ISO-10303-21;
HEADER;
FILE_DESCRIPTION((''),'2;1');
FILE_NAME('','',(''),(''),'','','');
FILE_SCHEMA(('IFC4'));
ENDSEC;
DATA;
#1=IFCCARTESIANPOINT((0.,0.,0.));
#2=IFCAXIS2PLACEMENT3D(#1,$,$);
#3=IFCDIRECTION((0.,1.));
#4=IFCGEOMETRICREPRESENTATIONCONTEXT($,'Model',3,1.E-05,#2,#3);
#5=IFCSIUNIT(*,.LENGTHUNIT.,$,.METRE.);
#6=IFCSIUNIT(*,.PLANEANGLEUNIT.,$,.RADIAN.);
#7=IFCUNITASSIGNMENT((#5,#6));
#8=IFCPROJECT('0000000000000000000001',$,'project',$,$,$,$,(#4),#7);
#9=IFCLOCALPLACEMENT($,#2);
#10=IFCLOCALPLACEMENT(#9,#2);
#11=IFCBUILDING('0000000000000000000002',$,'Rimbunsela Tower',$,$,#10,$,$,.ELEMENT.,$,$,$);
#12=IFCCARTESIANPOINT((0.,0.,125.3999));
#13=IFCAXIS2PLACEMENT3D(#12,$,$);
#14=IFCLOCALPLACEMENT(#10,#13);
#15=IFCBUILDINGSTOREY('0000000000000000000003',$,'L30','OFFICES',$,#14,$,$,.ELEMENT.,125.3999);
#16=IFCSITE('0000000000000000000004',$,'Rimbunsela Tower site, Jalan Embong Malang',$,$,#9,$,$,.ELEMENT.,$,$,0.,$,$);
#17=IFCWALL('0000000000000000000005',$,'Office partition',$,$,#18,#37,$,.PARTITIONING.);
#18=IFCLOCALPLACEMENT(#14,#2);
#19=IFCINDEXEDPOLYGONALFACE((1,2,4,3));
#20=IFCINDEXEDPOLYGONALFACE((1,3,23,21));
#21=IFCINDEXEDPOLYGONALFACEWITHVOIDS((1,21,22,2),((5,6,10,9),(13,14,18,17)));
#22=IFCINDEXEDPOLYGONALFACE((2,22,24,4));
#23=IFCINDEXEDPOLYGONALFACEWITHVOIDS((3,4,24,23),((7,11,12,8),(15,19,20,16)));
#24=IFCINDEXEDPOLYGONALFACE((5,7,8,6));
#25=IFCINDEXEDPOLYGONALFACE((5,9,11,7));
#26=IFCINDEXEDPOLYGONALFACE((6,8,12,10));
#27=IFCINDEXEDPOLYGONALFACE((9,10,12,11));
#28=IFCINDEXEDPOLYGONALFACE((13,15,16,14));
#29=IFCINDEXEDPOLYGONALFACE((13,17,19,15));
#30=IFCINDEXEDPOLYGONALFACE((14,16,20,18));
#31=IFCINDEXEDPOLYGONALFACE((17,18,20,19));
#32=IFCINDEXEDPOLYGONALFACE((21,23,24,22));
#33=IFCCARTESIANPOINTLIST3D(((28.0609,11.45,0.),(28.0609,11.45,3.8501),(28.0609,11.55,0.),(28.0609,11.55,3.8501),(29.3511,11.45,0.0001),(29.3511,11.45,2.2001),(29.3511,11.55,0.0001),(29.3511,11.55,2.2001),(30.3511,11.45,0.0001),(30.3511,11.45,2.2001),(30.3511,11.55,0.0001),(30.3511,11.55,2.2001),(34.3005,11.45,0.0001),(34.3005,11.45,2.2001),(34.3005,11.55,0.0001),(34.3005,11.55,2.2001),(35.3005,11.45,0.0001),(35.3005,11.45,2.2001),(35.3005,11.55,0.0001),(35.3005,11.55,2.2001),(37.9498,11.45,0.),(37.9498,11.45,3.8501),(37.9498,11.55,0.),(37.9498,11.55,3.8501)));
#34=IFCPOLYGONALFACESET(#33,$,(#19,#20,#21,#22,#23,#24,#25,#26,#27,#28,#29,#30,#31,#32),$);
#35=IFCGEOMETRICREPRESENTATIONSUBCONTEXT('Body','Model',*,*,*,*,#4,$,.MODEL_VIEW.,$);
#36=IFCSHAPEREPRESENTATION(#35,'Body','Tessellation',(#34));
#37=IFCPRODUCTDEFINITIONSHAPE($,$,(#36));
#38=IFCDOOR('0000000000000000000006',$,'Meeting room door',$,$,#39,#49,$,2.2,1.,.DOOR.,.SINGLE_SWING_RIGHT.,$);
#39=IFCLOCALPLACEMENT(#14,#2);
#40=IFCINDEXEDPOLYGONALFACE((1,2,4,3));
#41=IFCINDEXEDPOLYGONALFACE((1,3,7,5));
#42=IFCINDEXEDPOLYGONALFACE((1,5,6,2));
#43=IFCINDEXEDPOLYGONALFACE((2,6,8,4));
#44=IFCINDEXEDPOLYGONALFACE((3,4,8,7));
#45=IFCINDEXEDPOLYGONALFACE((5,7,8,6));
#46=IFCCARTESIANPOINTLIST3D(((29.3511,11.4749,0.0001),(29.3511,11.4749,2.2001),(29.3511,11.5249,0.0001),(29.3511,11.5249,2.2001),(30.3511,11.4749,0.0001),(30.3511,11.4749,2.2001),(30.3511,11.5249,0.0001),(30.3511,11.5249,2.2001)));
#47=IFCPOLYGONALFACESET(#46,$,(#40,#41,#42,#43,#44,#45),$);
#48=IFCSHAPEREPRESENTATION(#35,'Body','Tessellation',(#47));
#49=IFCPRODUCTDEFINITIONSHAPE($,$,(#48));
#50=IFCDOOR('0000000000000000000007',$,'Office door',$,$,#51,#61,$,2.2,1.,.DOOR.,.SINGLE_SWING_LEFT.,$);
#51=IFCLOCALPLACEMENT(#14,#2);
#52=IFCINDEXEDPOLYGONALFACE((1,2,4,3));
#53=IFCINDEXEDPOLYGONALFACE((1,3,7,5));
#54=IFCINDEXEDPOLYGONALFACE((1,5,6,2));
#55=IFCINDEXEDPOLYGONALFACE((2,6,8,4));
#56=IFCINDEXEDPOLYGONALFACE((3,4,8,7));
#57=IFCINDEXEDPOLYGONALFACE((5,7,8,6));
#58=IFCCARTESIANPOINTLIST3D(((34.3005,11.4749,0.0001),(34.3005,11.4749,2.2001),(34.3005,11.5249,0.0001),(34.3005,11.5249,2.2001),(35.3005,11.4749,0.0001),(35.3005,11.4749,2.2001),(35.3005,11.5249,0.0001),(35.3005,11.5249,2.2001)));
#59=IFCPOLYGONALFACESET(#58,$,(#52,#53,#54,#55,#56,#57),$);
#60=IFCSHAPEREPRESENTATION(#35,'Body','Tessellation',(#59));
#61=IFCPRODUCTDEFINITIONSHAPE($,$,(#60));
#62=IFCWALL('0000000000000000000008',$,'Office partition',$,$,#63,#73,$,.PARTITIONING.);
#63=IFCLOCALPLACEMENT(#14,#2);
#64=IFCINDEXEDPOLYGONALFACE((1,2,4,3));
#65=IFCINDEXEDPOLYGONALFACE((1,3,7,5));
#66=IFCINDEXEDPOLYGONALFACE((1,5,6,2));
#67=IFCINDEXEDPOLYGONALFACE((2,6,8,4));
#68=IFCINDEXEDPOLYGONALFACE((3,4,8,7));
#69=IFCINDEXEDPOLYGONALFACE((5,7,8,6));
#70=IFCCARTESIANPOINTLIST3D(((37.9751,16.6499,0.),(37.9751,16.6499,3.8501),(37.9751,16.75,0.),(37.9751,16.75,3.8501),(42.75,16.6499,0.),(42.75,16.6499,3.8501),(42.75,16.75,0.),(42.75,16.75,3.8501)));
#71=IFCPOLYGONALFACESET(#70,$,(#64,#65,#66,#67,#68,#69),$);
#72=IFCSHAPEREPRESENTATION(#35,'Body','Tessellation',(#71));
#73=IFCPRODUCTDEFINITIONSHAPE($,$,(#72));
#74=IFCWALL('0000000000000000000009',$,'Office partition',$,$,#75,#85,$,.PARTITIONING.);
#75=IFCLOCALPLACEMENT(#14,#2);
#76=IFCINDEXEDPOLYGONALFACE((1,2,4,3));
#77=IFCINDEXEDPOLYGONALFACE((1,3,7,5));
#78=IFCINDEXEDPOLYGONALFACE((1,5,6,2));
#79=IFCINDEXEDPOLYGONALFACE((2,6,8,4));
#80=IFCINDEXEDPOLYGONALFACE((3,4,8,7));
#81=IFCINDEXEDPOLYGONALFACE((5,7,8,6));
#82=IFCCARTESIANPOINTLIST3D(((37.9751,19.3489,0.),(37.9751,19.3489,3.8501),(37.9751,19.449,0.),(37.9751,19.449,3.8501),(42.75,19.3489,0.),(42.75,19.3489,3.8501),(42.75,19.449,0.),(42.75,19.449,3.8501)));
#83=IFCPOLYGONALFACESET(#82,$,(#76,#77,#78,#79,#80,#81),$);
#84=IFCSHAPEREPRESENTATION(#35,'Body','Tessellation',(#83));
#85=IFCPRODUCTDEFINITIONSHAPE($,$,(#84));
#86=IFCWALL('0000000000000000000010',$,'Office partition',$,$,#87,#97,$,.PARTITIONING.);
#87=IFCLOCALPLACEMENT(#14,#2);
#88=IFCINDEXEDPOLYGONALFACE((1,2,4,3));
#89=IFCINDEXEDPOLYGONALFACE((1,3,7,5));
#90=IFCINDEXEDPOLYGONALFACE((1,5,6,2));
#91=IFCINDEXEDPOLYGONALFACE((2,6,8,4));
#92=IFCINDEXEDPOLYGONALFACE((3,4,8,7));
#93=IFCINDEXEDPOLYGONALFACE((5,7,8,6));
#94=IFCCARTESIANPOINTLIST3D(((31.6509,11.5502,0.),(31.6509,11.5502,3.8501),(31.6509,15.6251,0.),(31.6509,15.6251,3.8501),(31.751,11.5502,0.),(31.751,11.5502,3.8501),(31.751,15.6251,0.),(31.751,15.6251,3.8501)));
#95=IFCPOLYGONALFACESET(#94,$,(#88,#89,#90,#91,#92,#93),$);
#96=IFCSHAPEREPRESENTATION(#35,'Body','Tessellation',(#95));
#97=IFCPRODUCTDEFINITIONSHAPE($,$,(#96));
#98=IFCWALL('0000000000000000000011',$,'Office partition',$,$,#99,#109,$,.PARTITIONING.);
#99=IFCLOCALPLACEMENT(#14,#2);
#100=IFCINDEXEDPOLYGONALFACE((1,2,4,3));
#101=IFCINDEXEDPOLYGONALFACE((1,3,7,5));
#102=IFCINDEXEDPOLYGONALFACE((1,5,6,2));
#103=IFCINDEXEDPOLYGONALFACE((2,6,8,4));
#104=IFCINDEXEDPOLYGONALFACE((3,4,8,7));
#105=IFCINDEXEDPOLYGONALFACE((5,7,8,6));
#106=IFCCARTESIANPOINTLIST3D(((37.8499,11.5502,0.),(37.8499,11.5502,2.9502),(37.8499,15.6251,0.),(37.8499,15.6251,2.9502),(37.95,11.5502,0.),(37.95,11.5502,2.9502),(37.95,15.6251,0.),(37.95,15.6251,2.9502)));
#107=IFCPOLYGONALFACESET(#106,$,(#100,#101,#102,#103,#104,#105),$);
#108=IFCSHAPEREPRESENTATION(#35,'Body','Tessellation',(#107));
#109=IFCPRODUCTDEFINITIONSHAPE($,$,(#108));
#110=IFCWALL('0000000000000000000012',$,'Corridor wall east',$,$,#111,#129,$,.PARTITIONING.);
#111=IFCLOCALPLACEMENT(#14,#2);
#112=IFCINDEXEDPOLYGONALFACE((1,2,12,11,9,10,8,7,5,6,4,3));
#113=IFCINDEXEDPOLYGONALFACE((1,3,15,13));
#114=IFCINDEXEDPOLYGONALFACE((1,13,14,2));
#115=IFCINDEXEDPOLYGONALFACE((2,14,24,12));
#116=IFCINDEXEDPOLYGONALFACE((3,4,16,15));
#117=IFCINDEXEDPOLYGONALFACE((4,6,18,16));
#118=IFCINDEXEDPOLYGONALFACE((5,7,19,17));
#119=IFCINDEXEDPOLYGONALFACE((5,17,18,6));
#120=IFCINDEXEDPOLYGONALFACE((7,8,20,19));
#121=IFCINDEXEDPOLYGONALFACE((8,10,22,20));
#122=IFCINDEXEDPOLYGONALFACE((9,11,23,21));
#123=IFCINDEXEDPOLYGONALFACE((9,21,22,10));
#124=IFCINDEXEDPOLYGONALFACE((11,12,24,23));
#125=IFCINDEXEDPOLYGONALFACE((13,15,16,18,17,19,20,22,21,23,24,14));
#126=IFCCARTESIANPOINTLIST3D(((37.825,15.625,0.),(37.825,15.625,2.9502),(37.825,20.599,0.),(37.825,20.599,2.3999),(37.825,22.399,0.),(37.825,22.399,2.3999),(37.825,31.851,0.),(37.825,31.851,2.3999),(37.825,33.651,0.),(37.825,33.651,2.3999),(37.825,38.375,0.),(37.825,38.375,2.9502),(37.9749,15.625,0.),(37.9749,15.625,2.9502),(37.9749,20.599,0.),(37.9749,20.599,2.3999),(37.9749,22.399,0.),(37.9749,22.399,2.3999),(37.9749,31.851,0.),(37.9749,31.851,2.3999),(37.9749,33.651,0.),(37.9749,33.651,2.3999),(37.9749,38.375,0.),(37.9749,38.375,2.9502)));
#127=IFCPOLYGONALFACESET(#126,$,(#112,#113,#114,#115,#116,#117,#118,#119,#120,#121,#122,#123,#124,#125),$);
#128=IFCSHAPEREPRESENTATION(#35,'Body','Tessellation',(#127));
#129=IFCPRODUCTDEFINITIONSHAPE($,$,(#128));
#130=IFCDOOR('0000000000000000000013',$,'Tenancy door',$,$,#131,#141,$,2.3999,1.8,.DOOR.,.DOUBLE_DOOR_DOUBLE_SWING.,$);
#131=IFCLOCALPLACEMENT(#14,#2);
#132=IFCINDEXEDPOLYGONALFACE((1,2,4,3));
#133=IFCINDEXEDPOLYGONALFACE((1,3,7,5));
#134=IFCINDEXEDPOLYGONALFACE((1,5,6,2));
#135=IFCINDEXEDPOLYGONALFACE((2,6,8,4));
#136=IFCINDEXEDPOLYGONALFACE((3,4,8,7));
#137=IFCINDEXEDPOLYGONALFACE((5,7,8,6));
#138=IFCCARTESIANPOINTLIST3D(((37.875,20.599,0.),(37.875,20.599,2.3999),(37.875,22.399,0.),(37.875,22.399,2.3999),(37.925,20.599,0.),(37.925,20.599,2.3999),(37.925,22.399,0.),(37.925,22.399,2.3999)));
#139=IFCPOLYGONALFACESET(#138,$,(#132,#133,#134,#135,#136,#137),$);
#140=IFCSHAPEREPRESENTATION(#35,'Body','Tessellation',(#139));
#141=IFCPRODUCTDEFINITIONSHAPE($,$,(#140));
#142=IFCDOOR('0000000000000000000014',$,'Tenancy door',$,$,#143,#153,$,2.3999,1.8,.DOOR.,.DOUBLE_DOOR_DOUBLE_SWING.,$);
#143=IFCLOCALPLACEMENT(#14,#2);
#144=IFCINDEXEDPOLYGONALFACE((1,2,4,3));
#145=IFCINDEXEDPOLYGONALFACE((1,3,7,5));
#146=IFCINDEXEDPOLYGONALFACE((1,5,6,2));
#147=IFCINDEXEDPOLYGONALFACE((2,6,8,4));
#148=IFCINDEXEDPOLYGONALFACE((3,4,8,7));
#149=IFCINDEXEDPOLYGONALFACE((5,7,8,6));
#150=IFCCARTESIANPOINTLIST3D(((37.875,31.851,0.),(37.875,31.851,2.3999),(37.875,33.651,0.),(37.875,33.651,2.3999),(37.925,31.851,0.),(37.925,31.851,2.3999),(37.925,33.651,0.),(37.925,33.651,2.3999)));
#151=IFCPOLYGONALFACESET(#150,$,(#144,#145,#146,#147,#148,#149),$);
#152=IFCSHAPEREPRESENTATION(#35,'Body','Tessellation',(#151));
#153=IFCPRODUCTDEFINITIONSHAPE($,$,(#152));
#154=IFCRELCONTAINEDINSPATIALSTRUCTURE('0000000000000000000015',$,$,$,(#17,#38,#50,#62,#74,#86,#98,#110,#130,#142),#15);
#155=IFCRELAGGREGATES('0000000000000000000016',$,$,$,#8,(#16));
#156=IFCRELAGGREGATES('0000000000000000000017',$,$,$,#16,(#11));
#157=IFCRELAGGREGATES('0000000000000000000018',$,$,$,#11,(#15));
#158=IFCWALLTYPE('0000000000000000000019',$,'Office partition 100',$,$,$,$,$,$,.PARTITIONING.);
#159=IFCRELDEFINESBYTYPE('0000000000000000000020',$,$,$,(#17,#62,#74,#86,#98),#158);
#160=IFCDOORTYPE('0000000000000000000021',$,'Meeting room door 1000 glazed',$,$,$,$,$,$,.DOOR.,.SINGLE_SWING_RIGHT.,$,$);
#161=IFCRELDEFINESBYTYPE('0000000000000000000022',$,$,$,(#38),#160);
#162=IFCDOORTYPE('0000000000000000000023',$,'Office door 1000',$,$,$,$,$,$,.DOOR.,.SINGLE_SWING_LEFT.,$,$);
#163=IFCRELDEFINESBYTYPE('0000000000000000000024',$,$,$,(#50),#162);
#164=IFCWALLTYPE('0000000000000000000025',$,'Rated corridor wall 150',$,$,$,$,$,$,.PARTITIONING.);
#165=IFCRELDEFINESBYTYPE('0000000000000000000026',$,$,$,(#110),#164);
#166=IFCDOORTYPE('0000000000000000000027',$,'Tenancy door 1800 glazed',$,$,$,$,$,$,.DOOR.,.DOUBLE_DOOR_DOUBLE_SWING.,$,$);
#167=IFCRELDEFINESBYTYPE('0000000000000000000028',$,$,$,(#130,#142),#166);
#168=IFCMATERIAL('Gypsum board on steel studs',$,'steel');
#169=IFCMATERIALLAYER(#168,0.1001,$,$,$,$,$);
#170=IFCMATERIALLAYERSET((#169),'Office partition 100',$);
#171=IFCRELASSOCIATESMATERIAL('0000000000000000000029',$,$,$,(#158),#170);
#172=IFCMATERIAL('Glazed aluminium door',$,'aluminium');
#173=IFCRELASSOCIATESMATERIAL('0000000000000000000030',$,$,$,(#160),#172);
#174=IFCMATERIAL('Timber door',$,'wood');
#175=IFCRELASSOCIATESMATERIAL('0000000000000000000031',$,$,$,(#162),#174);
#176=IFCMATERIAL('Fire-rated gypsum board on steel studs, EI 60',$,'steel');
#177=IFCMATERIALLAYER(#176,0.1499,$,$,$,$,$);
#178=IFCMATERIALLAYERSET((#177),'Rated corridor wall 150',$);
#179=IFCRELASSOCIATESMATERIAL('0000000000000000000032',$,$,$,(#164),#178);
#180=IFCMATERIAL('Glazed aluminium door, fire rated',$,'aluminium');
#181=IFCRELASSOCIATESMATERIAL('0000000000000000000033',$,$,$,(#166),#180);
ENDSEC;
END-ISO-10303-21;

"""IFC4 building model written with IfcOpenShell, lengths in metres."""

from ifc_helpers import new_model, si_unit, direction, frame, frame_2d, origin, place, context, subcontext, project, spatial, rectangle, extrude, material, layer, layer_set, type_object, element, fill, save


model = new_model("IFC4")

# Units and contexts
model_context = context("Model", 3, precision=1e-05, world=origin(), true_north=direction((0.0, 1.0)))
body_context = subcontext(model_context, "Body", "Model", "MODEL_VIEW")
ifc_project = project(units=[si_unit("LENGTHUNIT", "METRE"), si_unit("PLANEANGLEUNIT", "RADIAN")], contexts=[model_context])

# Site, building, storey
site_placement = place(None, origin())
site = spatial("IfcSite", under=ifc_project, at=site_placement, Name="Rimbunsela Tower site, Jalan Embong Malang", CompositionType="ELEMENT", RefElevation=0.0)
building_placement = place(site_placement, origin())
building = spatial("IfcBuilding", under=site, at=building_placement, Name="Rimbunsela Tower", CompositionType="ELEMENT")
storey_placement = place(building_placement, frame((0.0, 0.0, 125.3999)))
storey = spatial("IfcBuildingStorey", under=building, at=storey_placement, Name="L30", Description="OFFICES", CompositionType="ELEMENT", Elevation=125.3999)

# Wall, openings, doors
ifc_material_1 = material(Name="Gypsum board on steel studs", Category="steel")
ifc_layer_1 = layer(ifc_material_1, 0.1001)
ifc_layer_set_1 = layer_set([ifc_layer_1], Name="Office partition 100")
wall_type_1 = type_object("IfcWallType", Name="Office partition 100", PredefinedType="PARTITIONING", material=ifc_layer_set_1)
wall_1_placement = place(storey_placement, frame((28.061, 11.5, 0.0), z_axis=(0.0, 0.0, 1.0), x_axis=(1.0, 0.0, 0.0)))
wall_1 = element("IfcWall", 1, at=wall_1_placement, inside=storey, type_object=wall_type_1, Name="Office partition", PredefinedType="PARTITIONING", context=body_context, shape_type="SweptSolid", body=[
    extrude(rectangle(XDim=9.8889, YDim=0.1001, at=frame_2d((4.9443, 0.0))), origin(), (0.0, 0.0, 1.0), 3.8501),
])
opening_1_placement = place(wall_1_placement, frame((1.29, 0.0, 0.0)))
opening_1 = element("IfcOpeningElement", 2, at=opening_1_placement, cuts=wall_1, PredefinedType="OPENING", context=body_context, shape_type="SweptSolid", body=[
    extrude(rectangle(XDim=1.0, YDim=2.2, at=frame_2d((0.5, 1.1001))), frame((0.0, 0.0601, 0.0), z_axis=(0.0, -1.0, 0.0), x_axis=(1.0, 0.0, 0.0)), (0.0, 0.0, 1.0), 0.1201),
])
opening_2_placement = place(wall_1_placement, frame((6.2395, 0.0, 0.0)))
opening_2 = element("IfcOpeningElement", 3, at=opening_2_placement, cuts=wall_1, PredefinedType="OPENING", context=body_context, shape_type="SweptSolid", body=[
    extrude(rectangle(XDim=1.0, YDim=2.2, at=frame_2d((0.5, 1.1001))), frame((0.0, 0.0601, 0.0), z_axis=(0.0, -1.0, 0.0), x_axis=(1.0, 0.0, 0.0)), (0.0, 0.0, 1.0), 0.1201),
])
ifc_material_2 = material(Name="Glazed aluminium door", Category="aluminium")
door_type_1 = type_object("IfcDoorType", Name="Meeting room door 1000 glazed", OperationType="SINGLE_SWING_RIGHT", PredefinedType="DOOR", material=ifc_material_2)
door_1_placement = place(opening_1_placement, origin())
door_1 = element("IfcDoor", 4, at=door_1_placement, inside=storey, type_object=door_type_1, Name="Meeting room door", OperationType="SINGLE_SWING_RIGHT", OverallHeight=2.2, OverallWidth=1.0, PredefinedType="DOOR", context=body_context, shape_type="SweptSolid", body=[
    extrude(rectangle(XDim=1.0, YDim=2.2, at=frame_2d((0.5, 1.1001))), frame((0.0, 0.0249, 0.0), z_axis=(0.0, -1.0, 0.0), x_axis=(1.0, 0.0, 0.0)), (0.0, 0.0, 1.0), 0.05),
])
fill(opening_1, door_1)
ifc_material_3 = material(Name="Timber door", Category="wood")
door_type_2 = type_object("IfcDoorType", Name="Office door 1000", OperationType="SINGLE_SWING_LEFT", PredefinedType="DOOR", material=ifc_material_3)
door_2_placement = place(opening_2_placement, origin())
door_2 = element("IfcDoor", 5, at=door_2_placement, inside=storey, type_object=door_type_2, Name="Office door", OperationType="SINGLE_SWING_LEFT", OverallHeight=2.2, OverallWidth=1.0, PredefinedType="DOOR", context=body_context, shape_type="SweptSolid", body=[
    extrude(rectangle(XDim=1.0, YDim=2.2, at=frame_2d((0.5, 1.1001))), frame((0.0, 0.0249, 0.0), z_axis=(0.0, -1.0, 0.0), x_axis=(1.0, 0.0, 0.0)), (0.0, 0.0, 1.0), 0.05),
])
fill(opening_2, door_2)

# Walls
for number, where, z_axis, x_axis, name in (
    (6, (37.9751, 16.7, 0.0), (0.0, 0.0, 1.0), (1.0, 0.0, 0.0), "Office partition"),
    (7, (37.9751, 19.3989, 0.0), (0.0, 0.0, 1.0), (1.0, 0.0, 0.0), "Office partition"),
):
    element("IfcWall", number, at=place(storey_placement, frame(where, z_axis=z_axis, x_axis=x_axis)), inside=storey, type_object=wall_type_1, Name=name, PredefinedType="PARTITIONING", context=body_context, shape_type="SweptSolid", body=[
        extrude(rectangle(XDim=4.7749, YDim=0.1001, at=frame_2d((2.3875, 0.0))), origin(), (0.0, 0.0, 1.0), 3.8501),
    ])
wall_2_placement = place(storey_placement, frame((31.7009, 11.55, 0.0), z_axis=(0.0, 0.0, 1.0), x_axis=(0.0, 1.0, 0.0)))
element("IfcWall", 8, at=wall_2_placement, inside=storey, type_object=wall_type_1, Name="Office partition", PredefinedType="PARTITIONING", context=body_context, shape_type="SweptSolid", body=[
    extrude(rectangle(XDim=4.075, YDim=0.1001, at=frame_2d((2.0376, 0.0))), origin(), (0.0, 0.0, 1.0), 3.8501),
])
wall_3_placement = place(storey_placement, frame((37.8999, 11.55, 0.0), z_axis=(0.0, 0.0, 1.0), x_axis=(0.0, 1.0, 0.0)))
element("IfcWall", 9, at=wall_3_placement, inside=storey, type_object=wall_type_1, Name="Office partition", PredefinedType="PARTITIONING", context=body_context, shape_type="SweptSolid", body=[
    extrude(rectangle(XDim=4.075, YDim=0.1001, at=frame_2d((2.0376, 0.0))), origin(), (0.0, 0.0, 1.0), 2.9502),
])

# Wall, openings, doors
ifc_material_4 = material(Name="Fire-rated gypsum board on steel studs, EI 60", Category="steel")
ifc_layer_2 = layer(ifc_material_4, 0.1499)
ifc_layer_set_2 = layer_set([ifc_layer_2], Name="Rated corridor wall 150")
wall_type_2 = type_object("IfcWallType", Name="Rated corridor wall 150", PredefinedType="PARTITIONING", material=ifc_layer_set_2)
wall_4_placement = place(storey_placement, frame((37.8999, 15.625, 0.0), z_axis=(0.0, 0.0, 1.0), x_axis=(0.0, 1.0, 0.0)))
wall_4 = element("IfcWall", 10, at=wall_4_placement, inside=storey, type_object=wall_type_2, Name="Corridor wall east", PredefinedType="PARTITIONING", context=body_context, shape_type="SweptSolid", body=[
    extrude(rectangle(XDim=22.75, YDim=0.1499, at=frame_2d((11.375, 0.0))), origin(), (0.0, 0.0, 1.0), 2.9502),
])
opening_3_placement = place(wall_4_placement, frame((4.9741, 0.0, 0.0)))
opening_3 = element("IfcOpeningElement", 11, at=opening_3_placement, cuts=wall_4, PredefinedType="OPENING", context=body_context, shape_type="SweptSolid", body=[
    extrude(rectangle(XDim=1.8, YDim=2.3999, at=frame_2d((0.8999, 1.2))), frame((0.0, 0.085, 0.0), z_axis=(0.0, -1.0, 0.0), x_axis=(1.0, 0.0, 0.0)), (0.0, 0.0, 1.0), 0.1699),
])
opening_4_placement = place(wall_4_placement, frame((16.2261, 0.0, 0.0)))
opening_4 = element("IfcOpeningElement", 12, at=opening_4_placement, cuts=wall_4, PredefinedType="OPENING", context=body_context, shape_type="SweptSolid", body=[
    extrude(rectangle(XDim=1.8, YDim=2.3999, at=frame_2d((0.8999, 1.2))), frame((0.0, 0.085, 0.0), z_axis=(0.0, -1.0, 0.0), x_axis=(1.0, 0.0, 0.0)), (0.0, 0.0, 1.0), 0.1699),
])
ifc_material_5 = material(Name="Glazed aluminium door, fire rated", Category="aluminium")
door_type_3 = type_object("IfcDoorType", Name="Tenancy door 1800 glazed", OperationType="DOUBLE_DOOR_DOUBLE_SWING", PredefinedType="DOOR", material=ifc_material_5)
door_3_placement = place(opening_3_placement, origin())
door_3 = element("IfcDoor", 13, at=door_3_placement, inside=storey, type_object=door_type_3, Name="Tenancy door", OperationType="DOUBLE_DOOR_DOUBLE_SWING", OverallHeight=2.3999, OverallWidth=1.8, PredefinedType="DOOR", context=body_context, shape_type="SweptSolid", body=[
    extrude(rectangle(XDim=1.8, YDim=2.3999, at=frame_2d((0.8999, 1.2))), frame((0.0, 0.0249, 0.0), z_axis=(0.0, -1.0, 0.0), x_axis=(1.0, 0.0, 0.0)), (0.0, 0.0, 1.0), 0.05),
])
fill(opening_3, door_3)
door_4_placement = place(opening_4_placement, origin())
door_4 = element("IfcDoor", 14, at=door_4_placement, inside=storey, type_object=door_type_3, Name="Tenancy door", OperationType="DOUBLE_DOOR_DOUBLE_SWING", OverallHeight=2.3999, OverallWidth=1.8, PredefinedType="DOOR", context=body_context, shape_type="SweptSolid", body=[
    extrude(rectangle(XDim=1.8, YDim=2.3999, at=frame_2d((0.8999, 1.2))), frame((0.0, 0.0249, 0.0), z_axis=(0.0, -1.0, 0.0), x_axis=(1.0, 0.0, 0.0)), (0.0, 0.0, 1.0), 0.05),
])
fill(opening_4, door_4)

save(model, "model.ifc")
